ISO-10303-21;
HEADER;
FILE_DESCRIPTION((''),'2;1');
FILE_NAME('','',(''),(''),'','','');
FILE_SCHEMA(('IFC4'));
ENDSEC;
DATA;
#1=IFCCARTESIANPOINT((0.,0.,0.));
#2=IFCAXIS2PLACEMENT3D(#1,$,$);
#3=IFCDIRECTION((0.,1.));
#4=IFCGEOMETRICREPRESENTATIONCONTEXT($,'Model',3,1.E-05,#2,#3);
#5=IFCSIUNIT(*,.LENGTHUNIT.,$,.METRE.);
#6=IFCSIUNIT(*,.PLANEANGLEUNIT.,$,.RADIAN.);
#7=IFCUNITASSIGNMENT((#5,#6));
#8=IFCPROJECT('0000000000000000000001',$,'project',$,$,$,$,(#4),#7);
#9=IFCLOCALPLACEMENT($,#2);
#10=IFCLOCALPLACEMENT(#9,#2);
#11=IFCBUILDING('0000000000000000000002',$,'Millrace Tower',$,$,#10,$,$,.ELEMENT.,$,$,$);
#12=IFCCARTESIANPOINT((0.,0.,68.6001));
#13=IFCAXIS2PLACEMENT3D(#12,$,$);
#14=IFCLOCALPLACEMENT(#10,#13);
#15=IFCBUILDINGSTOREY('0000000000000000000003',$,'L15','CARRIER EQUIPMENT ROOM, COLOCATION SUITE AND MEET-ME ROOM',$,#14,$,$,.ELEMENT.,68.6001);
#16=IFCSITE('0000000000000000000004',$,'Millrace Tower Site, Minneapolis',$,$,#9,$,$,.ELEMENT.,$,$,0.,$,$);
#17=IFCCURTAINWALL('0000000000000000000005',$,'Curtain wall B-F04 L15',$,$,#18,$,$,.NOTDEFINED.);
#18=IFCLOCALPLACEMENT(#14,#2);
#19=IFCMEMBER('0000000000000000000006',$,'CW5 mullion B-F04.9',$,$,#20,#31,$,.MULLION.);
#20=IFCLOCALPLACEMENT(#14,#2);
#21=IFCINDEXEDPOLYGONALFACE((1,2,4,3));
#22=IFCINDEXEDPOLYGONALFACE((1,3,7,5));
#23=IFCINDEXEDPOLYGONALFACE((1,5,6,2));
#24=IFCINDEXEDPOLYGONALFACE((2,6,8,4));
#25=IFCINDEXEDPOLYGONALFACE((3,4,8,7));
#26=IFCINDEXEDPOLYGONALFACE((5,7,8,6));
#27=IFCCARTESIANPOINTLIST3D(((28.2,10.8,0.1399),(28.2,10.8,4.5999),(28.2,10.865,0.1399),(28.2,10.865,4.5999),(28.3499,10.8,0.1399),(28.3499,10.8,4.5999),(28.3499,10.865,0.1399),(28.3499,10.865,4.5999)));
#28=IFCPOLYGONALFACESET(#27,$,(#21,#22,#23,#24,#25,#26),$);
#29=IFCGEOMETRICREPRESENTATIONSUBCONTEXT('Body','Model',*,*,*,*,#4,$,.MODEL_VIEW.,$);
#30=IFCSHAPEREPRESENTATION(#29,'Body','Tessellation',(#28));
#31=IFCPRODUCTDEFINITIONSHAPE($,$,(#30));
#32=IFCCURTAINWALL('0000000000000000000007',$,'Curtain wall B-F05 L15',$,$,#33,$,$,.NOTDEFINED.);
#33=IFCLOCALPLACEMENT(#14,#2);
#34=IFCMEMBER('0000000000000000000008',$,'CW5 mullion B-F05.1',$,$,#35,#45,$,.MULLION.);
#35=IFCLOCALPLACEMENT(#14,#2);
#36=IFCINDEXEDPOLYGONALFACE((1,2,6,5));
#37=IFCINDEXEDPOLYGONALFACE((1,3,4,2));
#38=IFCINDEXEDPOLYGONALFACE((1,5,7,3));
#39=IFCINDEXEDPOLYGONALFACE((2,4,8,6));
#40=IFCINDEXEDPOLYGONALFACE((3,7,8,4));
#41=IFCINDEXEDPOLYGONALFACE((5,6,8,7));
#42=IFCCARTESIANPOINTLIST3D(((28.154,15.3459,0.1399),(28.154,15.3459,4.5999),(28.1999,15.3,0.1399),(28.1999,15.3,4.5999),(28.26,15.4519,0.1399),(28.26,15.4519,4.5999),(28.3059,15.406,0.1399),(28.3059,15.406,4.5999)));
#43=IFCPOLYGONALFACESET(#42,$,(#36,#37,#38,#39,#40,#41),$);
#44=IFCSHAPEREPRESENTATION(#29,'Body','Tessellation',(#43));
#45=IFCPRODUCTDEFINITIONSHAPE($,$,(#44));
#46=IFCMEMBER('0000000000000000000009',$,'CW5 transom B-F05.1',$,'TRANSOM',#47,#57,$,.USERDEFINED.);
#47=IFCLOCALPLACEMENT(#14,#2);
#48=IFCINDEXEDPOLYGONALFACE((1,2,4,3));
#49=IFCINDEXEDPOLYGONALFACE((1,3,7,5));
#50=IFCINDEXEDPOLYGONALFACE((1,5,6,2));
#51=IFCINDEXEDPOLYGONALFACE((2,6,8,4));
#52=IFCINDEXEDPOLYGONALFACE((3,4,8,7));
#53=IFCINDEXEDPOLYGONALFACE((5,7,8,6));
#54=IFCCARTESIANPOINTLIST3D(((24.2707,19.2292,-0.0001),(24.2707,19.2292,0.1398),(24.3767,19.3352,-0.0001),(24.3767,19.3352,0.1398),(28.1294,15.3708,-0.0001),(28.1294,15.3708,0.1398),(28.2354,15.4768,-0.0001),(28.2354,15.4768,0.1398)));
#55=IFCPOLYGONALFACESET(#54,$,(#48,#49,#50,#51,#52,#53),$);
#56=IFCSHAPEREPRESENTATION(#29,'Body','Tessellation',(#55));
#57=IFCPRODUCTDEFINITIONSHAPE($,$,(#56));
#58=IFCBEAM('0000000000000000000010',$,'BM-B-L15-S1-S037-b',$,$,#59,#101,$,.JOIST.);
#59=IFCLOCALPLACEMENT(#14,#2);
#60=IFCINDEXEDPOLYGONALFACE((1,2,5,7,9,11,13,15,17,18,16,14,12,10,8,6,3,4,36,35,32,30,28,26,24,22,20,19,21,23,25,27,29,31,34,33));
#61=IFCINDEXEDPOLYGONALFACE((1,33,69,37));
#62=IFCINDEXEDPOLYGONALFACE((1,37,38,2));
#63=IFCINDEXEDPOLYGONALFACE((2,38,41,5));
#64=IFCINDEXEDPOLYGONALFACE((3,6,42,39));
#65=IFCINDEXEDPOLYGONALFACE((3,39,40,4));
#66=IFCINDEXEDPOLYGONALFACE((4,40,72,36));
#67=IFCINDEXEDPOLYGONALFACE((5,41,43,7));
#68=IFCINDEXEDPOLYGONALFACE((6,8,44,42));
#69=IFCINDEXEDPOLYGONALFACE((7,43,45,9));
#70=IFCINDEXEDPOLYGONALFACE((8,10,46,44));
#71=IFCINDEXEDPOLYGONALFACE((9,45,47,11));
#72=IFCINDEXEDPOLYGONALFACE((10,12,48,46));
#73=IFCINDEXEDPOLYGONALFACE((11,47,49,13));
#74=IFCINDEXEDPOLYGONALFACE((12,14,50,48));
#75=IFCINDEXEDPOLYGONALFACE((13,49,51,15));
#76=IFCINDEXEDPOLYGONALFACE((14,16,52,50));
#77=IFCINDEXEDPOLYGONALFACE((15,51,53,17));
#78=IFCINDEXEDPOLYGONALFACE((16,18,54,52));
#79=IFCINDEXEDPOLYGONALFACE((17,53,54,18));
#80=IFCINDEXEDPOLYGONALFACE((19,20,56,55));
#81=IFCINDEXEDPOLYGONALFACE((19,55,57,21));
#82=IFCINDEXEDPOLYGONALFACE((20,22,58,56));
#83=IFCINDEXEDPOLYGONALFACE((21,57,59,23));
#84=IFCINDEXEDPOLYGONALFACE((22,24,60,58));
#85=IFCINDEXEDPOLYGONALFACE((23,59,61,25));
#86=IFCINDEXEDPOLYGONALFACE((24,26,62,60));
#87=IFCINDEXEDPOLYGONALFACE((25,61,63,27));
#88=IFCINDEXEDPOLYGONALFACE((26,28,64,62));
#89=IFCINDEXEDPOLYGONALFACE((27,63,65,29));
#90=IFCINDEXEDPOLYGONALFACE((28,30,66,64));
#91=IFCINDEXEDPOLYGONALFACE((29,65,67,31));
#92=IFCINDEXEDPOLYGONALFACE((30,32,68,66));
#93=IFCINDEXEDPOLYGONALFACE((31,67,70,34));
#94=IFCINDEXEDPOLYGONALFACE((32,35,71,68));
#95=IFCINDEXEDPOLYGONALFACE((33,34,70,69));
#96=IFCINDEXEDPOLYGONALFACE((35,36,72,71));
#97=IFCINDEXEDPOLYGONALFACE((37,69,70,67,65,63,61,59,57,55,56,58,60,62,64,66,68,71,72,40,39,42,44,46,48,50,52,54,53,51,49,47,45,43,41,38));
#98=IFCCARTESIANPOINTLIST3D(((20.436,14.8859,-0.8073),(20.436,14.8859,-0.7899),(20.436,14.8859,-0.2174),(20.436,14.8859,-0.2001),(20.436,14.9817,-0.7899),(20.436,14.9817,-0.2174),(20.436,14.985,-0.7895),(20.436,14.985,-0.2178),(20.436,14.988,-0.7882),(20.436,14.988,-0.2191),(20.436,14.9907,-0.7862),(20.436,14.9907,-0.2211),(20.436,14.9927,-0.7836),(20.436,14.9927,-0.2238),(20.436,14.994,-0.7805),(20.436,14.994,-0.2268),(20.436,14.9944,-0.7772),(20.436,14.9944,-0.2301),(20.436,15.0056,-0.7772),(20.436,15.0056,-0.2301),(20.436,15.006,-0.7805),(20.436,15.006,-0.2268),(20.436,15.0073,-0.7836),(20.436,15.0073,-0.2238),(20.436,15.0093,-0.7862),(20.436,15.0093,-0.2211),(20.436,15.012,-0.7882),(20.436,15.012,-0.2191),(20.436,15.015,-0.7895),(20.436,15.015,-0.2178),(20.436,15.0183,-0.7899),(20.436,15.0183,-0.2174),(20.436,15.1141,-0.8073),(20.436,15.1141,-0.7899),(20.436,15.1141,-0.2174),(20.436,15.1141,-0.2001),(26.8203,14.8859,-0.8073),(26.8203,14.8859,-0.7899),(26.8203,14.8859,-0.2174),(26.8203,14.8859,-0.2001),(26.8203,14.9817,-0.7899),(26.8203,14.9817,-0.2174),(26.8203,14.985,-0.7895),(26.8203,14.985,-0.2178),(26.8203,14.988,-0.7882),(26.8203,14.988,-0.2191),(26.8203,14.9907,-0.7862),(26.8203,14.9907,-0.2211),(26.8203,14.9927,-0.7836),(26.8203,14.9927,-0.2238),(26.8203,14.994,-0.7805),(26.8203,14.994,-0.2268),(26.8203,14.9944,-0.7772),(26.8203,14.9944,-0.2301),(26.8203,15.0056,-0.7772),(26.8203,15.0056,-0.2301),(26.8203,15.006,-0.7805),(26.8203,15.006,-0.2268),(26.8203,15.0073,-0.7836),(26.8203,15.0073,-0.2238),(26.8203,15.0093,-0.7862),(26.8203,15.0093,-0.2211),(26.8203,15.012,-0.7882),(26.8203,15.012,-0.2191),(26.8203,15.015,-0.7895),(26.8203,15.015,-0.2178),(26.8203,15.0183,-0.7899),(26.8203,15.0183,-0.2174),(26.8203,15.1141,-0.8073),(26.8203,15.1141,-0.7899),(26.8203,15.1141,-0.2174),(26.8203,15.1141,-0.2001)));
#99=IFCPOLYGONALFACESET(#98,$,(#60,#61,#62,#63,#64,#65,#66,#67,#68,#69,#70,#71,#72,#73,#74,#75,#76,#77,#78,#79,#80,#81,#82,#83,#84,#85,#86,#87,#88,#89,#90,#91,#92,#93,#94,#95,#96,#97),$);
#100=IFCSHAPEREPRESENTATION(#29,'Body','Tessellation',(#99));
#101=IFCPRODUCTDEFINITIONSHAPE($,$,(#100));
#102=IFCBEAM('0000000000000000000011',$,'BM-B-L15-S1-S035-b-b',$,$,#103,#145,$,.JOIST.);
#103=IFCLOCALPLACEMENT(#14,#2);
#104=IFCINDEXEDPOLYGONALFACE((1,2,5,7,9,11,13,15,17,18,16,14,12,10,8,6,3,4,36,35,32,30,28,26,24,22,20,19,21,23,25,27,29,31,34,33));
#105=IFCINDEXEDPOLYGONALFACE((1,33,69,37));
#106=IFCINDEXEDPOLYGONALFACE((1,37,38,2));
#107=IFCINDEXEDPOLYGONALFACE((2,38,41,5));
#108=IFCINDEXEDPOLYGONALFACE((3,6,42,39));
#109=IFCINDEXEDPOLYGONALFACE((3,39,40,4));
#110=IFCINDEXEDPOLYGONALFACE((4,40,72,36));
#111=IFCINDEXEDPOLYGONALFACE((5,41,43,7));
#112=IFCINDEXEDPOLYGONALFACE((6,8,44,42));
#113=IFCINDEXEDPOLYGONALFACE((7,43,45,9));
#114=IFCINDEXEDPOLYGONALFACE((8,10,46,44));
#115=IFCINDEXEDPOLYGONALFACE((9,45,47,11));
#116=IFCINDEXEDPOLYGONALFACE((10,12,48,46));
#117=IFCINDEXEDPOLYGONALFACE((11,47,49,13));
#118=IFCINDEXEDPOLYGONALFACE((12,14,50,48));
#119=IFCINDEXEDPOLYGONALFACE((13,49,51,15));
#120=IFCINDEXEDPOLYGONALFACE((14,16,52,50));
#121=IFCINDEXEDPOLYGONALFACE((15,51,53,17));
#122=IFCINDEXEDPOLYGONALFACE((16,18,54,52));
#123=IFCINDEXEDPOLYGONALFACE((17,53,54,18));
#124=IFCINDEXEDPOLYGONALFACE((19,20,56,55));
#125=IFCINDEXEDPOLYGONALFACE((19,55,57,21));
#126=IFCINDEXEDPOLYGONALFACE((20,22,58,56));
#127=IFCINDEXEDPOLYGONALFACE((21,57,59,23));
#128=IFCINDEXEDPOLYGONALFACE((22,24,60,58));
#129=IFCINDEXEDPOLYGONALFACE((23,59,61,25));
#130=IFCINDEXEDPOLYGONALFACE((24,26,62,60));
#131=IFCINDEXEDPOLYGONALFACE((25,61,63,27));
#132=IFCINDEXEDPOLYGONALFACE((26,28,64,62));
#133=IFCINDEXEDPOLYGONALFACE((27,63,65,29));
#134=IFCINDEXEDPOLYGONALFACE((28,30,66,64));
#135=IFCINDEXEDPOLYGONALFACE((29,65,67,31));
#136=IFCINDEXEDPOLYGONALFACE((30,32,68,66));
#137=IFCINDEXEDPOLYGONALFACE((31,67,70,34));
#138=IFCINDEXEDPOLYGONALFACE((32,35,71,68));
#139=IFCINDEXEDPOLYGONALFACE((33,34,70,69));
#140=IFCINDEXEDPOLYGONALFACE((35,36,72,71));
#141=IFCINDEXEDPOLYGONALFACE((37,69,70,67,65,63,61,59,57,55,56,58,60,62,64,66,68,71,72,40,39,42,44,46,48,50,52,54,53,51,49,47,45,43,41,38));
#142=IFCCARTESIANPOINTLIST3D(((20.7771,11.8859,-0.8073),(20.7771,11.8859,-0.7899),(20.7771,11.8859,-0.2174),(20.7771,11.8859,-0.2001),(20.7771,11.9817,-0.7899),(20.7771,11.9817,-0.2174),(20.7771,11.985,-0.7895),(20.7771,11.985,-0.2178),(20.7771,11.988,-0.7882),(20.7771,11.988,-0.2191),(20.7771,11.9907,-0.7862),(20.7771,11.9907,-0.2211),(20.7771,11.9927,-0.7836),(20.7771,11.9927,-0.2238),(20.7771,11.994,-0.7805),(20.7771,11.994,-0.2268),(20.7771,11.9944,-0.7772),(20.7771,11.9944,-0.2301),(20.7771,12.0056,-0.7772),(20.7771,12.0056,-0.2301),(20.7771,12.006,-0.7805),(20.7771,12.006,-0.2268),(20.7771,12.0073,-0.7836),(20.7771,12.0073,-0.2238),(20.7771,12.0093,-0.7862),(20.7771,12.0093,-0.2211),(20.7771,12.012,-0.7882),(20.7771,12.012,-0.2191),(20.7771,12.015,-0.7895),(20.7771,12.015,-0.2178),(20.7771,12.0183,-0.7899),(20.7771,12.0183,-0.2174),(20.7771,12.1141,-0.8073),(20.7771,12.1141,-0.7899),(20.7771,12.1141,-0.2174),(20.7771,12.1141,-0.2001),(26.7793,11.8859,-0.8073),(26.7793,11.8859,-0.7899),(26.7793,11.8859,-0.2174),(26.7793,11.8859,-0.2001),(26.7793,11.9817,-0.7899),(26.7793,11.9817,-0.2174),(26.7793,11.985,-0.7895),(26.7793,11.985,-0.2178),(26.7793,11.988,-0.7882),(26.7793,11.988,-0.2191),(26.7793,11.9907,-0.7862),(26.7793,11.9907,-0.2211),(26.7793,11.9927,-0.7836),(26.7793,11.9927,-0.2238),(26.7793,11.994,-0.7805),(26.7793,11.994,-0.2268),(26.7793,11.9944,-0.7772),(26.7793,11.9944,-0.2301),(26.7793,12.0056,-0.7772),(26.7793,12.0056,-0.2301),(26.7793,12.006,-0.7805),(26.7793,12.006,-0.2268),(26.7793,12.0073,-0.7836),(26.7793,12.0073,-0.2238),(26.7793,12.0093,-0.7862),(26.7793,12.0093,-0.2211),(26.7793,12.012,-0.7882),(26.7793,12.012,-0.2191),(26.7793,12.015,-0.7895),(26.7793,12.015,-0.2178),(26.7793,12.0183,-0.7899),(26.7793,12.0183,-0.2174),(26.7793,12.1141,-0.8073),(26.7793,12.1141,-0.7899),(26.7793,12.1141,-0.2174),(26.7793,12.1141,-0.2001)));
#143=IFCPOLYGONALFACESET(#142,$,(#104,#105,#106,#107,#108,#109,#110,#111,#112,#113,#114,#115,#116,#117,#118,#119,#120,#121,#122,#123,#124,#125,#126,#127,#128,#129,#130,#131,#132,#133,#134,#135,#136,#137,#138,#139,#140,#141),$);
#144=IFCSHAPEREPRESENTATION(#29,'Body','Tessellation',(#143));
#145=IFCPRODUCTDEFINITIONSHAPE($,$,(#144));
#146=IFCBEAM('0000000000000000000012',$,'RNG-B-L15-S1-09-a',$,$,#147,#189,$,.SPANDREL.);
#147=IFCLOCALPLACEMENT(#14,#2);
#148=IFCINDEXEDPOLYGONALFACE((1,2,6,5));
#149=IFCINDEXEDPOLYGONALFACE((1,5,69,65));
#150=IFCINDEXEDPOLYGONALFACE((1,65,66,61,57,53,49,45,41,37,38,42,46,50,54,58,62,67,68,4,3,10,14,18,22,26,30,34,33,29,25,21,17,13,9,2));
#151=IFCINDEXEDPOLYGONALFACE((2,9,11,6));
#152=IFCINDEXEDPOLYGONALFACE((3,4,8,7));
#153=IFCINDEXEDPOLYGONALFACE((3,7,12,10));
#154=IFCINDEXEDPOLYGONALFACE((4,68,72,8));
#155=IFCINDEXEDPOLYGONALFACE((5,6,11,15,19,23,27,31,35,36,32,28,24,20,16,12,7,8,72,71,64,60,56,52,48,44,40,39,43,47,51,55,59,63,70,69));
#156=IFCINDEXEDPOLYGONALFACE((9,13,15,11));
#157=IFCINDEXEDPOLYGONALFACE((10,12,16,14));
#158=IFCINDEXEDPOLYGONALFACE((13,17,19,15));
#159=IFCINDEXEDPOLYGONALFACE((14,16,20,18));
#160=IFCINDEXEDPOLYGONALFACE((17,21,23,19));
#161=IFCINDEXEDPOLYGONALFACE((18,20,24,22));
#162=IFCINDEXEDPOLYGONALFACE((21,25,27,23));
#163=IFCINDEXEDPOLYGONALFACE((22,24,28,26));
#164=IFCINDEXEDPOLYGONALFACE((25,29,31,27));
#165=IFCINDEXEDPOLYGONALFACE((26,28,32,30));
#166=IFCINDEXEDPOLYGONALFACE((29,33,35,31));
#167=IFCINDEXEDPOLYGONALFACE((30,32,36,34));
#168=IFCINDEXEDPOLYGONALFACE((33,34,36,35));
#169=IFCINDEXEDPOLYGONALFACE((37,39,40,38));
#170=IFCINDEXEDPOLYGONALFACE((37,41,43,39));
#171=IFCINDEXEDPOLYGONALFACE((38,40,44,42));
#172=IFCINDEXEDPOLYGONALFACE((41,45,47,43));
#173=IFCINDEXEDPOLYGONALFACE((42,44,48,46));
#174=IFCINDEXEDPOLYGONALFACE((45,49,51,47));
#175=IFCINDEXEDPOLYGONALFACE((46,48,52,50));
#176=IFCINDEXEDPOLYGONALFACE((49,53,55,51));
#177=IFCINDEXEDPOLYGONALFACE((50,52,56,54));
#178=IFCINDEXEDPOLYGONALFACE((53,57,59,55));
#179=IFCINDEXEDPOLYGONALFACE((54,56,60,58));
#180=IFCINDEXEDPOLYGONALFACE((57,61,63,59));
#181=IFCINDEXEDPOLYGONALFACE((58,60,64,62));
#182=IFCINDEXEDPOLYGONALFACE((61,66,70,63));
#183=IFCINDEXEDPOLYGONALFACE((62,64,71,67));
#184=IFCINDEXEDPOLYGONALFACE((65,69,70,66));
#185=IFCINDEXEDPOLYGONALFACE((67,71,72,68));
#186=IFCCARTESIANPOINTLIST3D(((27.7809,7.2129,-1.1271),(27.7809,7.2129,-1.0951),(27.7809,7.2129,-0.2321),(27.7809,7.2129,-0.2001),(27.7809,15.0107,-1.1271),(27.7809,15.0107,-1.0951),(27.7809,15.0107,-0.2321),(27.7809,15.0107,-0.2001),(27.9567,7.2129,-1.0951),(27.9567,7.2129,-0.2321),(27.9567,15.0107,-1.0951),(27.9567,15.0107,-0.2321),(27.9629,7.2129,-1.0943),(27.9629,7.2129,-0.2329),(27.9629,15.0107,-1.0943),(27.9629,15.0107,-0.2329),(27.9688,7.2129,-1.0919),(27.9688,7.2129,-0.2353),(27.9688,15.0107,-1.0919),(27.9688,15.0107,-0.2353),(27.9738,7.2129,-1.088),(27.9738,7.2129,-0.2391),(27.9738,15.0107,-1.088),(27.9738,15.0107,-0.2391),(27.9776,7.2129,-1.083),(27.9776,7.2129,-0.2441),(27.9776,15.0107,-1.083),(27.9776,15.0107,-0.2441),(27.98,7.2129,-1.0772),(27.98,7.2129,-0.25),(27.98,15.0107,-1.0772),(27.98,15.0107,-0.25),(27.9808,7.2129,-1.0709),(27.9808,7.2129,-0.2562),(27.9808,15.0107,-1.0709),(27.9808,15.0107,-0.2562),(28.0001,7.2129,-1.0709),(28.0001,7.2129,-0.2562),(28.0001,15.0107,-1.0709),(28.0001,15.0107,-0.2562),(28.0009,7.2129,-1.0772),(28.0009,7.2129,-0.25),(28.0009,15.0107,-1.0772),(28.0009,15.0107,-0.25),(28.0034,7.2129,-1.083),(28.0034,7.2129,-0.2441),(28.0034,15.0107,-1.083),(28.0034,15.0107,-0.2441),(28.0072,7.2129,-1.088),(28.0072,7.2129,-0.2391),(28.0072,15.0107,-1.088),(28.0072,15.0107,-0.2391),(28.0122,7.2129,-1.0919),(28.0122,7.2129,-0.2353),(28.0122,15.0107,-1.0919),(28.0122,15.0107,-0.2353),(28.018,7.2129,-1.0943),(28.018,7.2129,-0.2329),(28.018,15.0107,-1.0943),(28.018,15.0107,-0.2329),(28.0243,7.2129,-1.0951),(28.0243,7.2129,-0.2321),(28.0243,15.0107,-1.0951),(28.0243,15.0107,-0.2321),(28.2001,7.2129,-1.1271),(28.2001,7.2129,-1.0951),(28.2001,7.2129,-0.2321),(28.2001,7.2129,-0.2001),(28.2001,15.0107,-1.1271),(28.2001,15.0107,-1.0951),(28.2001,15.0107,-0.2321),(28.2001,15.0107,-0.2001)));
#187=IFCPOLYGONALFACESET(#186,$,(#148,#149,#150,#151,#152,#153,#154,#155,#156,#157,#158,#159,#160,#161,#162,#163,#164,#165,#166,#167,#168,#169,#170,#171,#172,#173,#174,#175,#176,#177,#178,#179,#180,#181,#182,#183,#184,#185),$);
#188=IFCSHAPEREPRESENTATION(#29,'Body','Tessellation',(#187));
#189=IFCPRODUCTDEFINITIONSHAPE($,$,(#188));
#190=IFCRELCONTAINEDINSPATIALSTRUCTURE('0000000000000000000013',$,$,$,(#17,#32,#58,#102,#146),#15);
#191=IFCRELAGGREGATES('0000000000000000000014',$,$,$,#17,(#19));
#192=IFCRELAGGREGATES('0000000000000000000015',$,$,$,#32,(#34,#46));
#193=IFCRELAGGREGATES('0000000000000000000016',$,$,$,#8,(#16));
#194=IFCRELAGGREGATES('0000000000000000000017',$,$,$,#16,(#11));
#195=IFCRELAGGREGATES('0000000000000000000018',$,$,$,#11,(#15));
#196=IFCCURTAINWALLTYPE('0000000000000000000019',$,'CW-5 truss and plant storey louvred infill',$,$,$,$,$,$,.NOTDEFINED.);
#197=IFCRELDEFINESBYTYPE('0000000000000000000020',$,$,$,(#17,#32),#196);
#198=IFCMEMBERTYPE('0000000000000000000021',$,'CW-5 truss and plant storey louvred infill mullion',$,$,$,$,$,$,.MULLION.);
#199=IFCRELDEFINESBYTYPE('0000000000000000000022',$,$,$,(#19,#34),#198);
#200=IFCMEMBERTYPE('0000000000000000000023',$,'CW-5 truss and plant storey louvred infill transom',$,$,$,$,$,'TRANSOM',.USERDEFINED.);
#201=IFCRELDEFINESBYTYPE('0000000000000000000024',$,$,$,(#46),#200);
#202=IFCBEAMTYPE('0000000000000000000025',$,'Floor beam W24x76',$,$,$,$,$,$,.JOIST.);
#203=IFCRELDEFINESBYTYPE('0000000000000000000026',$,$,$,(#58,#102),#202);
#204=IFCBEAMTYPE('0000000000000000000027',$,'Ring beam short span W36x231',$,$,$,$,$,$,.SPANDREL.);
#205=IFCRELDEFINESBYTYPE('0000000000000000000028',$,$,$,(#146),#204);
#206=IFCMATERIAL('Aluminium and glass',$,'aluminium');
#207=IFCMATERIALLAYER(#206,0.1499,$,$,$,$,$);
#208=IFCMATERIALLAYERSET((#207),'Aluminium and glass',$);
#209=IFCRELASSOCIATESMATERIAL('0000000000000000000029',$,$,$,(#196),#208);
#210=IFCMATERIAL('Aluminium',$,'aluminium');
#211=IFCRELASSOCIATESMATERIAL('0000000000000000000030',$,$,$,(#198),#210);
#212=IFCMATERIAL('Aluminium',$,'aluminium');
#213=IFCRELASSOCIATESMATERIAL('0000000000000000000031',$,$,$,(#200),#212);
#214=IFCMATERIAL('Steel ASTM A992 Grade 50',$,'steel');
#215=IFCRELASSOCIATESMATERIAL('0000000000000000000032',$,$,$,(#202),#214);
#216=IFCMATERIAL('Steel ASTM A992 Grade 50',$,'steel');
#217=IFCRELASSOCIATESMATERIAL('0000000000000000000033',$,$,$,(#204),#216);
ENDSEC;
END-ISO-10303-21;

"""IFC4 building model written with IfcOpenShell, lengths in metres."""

from ifc_helpers import new_model, si_unit, direction, frame, origin, origin_2d, place, context, subcontext, project, spatial, rectangle, i_section, extrude, material, layer, layer_set, material_profile, profile_set, type_object, element, aggregate, save


model = new_model("IFC4")

# Units and contexts
model_context = context("Model", 3, precision=1e-05, world=origin(), true_north=direction((0.0, 1.0)))
body_context = subcontext(model_context, "Body", "Model", "MODEL_VIEW")
ifc_project = project(units=[si_unit("LENGTHUNIT", "METRE"), si_unit("PLANEANGLEUNIT", "RADIAN")], contexts=[model_context])

# Site, building, storey
site_placement = place(None, origin())
site = spatial("IfcSite", under=ifc_project, at=site_placement, Name="Millrace Tower Site, Minneapolis", CompositionType="ELEMENT", RefElevation=0.0)
building_placement = place(site_placement, origin())
building = spatial("IfcBuilding", under=site, at=building_placement, Name="Millrace Tower", CompositionType="ELEMENT")
storey_placement = place(building_placement, frame((0.0, 0.0, 68.6001)))
storey = spatial("IfcBuildingStorey", under=building, at=storey_placement, Name="L15", Description="CARRIER EQUIPMENT ROOM, COLOCATION SUITE AND MEET-ME ROOM", CompositionType="ELEMENT", Elevation=68.6001)

# Curtain wall, member
ifc_material_1 = material(Name="Aluminium and glass", Category="aluminium")
ifc_layer_1 = layer(ifc_material_1, 0.1499)
ifc_layer_set_1 = layer_set([ifc_layer_1], Name="Aluminium and glass")
curtain_wall_type = type_object("IfcCurtainWallType", Name="CW-5 truss and plant storey louvred infill", PredefinedType="NOTDEFINED", material=ifc_layer_set_1)
placement = place(storey_placement, origin())
curtain_wall_1 = element("IfcCurtainWall", 1, at=placement, inside=storey, type_object=curtain_wall_type, Name="Curtain wall B-F04 L15", PredefinedType="NOTDEFINED")
ifc_material_2 = material(Name="Aluminium", Category="aluminium")
ifc_material_profile_1 = material_profile(ifc_material_2, rectangle(XDim=0.0649, YDim=0.1499, at=origin_2d()))
ifc_profile_set_1 = profile_set([ifc_material_profile_1], Name="Aluminium")
member_type_1 = type_object("IfcMemberType", Name="CW-5 truss and plant storey louvred infill mullion", PredefinedType="MULLION", material=ifc_profile_set_1)
member_1_placement = place(storey_placement, frame((28.2749, 10.8325, 0.1399), z_axis=(0.0, 0.0, 1.0), x_axis=(0.0, 1.0, 0.0)))
member_1 = element("IfcMember", 2, at=member_1_placement, type_object=member_type_1, Name="CW5 mullion B-F04.9", PredefinedType="MULLION", context=body_context, shape_type="SweptSolid", body=[
    extrude(rectangle(XDim=0.0649, YDim=0.1499, at=origin_2d()), origin(), (0.0, 0.0, 1.0), 4.46),
])
aggregate(curtain_wall_1, [member_1])

# Curtain wall, members
curtain_wall_2 = element("IfcCurtainWall", 3, at=placement, inside=storey, type_object=curtain_wall_type, Name="Curtain wall B-F05 L15", PredefinedType="NOTDEFINED")
member_2_placement = place(storey_placement, frame((28.23, 15.376, 0.1399), z_axis=(0.0, 0.0, 1.0), x_axis=(-0.707107, 0.707107, 0.0)))
member_2 = element("IfcMember", 4, at=member_2_placement, type_object=member_type_1, Name="CW5 mullion B-F05.1", PredefinedType="MULLION", context=body_context, shape_type="SweptSolid", body=[
    extrude(rectangle(XDim=0.0649, YDim=0.1499, at=origin_2d()), origin(), (0.0, 0.0, 1.0), 4.46),
])
ifc_material_3 = material(Name="Aluminium", Category="aluminium")
ifc_material_profile_2 = material_profile(ifc_material_3, rectangle(XDim=0.1499, YDim=0.1399, at=origin_2d()))
ifc_profile_set_2 = profile_set([ifc_material_profile_2], Name="Aluminium")
member_type_2 = type_object("IfcMemberType", Name="CW-5 truss and plant storey louvred infill transom", ElementType="TRANSOM", PredefinedType="USERDEFINED", material=ifc_profile_set_2)
member_3_placement = place(storey_placement, frame((28.1824, 15.4238, 0.0698), z_axis=(-0.707129, 0.707084, 0.0), x_axis=(-0.707084, -0.707129, 0.0)))
member_3 = element("IfcMember", 5, at=member_3_placement, type_object=member_type_2, Name="CW5 transom B-F05.1", ObjectType="TRANSOM", PredefinedType="USERDEFINED", context=body_context, shape_type="SweptSolid", body=[
    extrude(rectangle(XDim=0.1499, YDim=0.1399, at=origin_2d()), origin(), (0.0, 0.0, 1.0), 5.4568),
])
aggregate(curtain_wall_2, [member_2, member_3])

# Beams
ifc_material_4 = material(Name="Steel ASTM A992 Grade 50", Category="steel")
ifc_material_profile_3 = material_profile(ifc_material_4, i_section(OverallWidth=0.2283, OverallDepth=0.6072, WebThickness=0.0112, FlangeThickness=0.0173, FilletRadius=0.0127, at=origin_2d()))
ifc_profile_set_3 = profile_set([ifc_material_profile_3], Name="Steel ASTM A992 Grade 50")
beam_type_1 = type_object("IfcBeamType", Name="Floor beam W24x76", PredefinedType="JOIST", material=ifc_profile_set_3)
beam_1_placement = place(storey_placement, frame((20.436, 15.0, -0.5037), z_axis=(1.0, 0.0, 0.0), x_axis=(0.0, 1.0, 0.0)))
element("IfcBeam", 6, at=beam_1_placement, inside=storey, type_object=beam_type_1, Name="BM-B-L15-S1-S037-b", PredefinedType="JOIST", context=body_context, shape_type="SweptSolid", body=[
    extrude(i_section(OverallWidth=0.2283, OverallDepth=0.6072, WebThickness=0.0112, FlangeThickness=0.0173, FilletRadius=0.0127, at=origin_2d()), origin(), (0.0, 0.0, 1.0), 6.3843),
])
beam_2_placement = place(storey_placement, frame((20.7771, 12.0, -0.5037), z_axis=(1.0, 0.0, 0.0), x_axis=(0.0, 1.0, 0.0)))
element("IfcBeam", 7, at=beam_2_placement, inside=storey, type_object=beam_type_1, Name="BM-B-L15-S1-S035-b-b", PredefinedType="JOIST", context=body_context, shape_type="SweptSolid", body=[
    extrude(i_section(OverallWidth=0.2283, OverallDepth=0.6072, WebThickness=0.0112, FlangeThickness=0.0173, FilletRadius=0.0127, at=origin_2d()), origin(), (0.0, 0.0, 1.0), 6.0022),
])
ifc_material_5 = material(Name="Steel ASTM A992 Grade 50", Category="steel")
ifc_material_profile_4 = material_profile(ifc_material_5, i_section(OverallWidth=0.4192, OverallDepth=0.927, WebThickness=0.0193, FlangeThickness=0.032, FilletRadius=0.0242, at=origin_2d()))
ifc_profile_set_4 = profile_set([ifc_material_profile_4], Name="Steel ASTM A992 Grade 50")
beam_type_2 = type_object("IfcBeamType", Name="Ring beam short span W36x231", PredefinedType="SPANDREL", material=ifc_profile_set_4)
beam_3_placement = place(storey_placement, frame((27.9905, 15.0107, -0.6636), z_axis=(0.0, -1.0, 0.0), x_axis=(1.0, 0.0, 0.0)))
element("IfcBeam", 8, at=beam_3_placement, inside=storey, type_object=beam_type_2, Name="RNG-B-L15-S1-09-a", PredefinedType="SPANDREL", context=body_context, shape_type="SweptSolid", body=[
    extrude(i_section(OverallWidth=0.4192, OverallDepth=0.927, WebThickness=0.0193, FlangeThickness=0.032, FilletRadius=0.0242, at=origin_2d()), origin(), (0.0, 0.0, 1.0), 7.7979),
])

save(model, "model.ifc")
